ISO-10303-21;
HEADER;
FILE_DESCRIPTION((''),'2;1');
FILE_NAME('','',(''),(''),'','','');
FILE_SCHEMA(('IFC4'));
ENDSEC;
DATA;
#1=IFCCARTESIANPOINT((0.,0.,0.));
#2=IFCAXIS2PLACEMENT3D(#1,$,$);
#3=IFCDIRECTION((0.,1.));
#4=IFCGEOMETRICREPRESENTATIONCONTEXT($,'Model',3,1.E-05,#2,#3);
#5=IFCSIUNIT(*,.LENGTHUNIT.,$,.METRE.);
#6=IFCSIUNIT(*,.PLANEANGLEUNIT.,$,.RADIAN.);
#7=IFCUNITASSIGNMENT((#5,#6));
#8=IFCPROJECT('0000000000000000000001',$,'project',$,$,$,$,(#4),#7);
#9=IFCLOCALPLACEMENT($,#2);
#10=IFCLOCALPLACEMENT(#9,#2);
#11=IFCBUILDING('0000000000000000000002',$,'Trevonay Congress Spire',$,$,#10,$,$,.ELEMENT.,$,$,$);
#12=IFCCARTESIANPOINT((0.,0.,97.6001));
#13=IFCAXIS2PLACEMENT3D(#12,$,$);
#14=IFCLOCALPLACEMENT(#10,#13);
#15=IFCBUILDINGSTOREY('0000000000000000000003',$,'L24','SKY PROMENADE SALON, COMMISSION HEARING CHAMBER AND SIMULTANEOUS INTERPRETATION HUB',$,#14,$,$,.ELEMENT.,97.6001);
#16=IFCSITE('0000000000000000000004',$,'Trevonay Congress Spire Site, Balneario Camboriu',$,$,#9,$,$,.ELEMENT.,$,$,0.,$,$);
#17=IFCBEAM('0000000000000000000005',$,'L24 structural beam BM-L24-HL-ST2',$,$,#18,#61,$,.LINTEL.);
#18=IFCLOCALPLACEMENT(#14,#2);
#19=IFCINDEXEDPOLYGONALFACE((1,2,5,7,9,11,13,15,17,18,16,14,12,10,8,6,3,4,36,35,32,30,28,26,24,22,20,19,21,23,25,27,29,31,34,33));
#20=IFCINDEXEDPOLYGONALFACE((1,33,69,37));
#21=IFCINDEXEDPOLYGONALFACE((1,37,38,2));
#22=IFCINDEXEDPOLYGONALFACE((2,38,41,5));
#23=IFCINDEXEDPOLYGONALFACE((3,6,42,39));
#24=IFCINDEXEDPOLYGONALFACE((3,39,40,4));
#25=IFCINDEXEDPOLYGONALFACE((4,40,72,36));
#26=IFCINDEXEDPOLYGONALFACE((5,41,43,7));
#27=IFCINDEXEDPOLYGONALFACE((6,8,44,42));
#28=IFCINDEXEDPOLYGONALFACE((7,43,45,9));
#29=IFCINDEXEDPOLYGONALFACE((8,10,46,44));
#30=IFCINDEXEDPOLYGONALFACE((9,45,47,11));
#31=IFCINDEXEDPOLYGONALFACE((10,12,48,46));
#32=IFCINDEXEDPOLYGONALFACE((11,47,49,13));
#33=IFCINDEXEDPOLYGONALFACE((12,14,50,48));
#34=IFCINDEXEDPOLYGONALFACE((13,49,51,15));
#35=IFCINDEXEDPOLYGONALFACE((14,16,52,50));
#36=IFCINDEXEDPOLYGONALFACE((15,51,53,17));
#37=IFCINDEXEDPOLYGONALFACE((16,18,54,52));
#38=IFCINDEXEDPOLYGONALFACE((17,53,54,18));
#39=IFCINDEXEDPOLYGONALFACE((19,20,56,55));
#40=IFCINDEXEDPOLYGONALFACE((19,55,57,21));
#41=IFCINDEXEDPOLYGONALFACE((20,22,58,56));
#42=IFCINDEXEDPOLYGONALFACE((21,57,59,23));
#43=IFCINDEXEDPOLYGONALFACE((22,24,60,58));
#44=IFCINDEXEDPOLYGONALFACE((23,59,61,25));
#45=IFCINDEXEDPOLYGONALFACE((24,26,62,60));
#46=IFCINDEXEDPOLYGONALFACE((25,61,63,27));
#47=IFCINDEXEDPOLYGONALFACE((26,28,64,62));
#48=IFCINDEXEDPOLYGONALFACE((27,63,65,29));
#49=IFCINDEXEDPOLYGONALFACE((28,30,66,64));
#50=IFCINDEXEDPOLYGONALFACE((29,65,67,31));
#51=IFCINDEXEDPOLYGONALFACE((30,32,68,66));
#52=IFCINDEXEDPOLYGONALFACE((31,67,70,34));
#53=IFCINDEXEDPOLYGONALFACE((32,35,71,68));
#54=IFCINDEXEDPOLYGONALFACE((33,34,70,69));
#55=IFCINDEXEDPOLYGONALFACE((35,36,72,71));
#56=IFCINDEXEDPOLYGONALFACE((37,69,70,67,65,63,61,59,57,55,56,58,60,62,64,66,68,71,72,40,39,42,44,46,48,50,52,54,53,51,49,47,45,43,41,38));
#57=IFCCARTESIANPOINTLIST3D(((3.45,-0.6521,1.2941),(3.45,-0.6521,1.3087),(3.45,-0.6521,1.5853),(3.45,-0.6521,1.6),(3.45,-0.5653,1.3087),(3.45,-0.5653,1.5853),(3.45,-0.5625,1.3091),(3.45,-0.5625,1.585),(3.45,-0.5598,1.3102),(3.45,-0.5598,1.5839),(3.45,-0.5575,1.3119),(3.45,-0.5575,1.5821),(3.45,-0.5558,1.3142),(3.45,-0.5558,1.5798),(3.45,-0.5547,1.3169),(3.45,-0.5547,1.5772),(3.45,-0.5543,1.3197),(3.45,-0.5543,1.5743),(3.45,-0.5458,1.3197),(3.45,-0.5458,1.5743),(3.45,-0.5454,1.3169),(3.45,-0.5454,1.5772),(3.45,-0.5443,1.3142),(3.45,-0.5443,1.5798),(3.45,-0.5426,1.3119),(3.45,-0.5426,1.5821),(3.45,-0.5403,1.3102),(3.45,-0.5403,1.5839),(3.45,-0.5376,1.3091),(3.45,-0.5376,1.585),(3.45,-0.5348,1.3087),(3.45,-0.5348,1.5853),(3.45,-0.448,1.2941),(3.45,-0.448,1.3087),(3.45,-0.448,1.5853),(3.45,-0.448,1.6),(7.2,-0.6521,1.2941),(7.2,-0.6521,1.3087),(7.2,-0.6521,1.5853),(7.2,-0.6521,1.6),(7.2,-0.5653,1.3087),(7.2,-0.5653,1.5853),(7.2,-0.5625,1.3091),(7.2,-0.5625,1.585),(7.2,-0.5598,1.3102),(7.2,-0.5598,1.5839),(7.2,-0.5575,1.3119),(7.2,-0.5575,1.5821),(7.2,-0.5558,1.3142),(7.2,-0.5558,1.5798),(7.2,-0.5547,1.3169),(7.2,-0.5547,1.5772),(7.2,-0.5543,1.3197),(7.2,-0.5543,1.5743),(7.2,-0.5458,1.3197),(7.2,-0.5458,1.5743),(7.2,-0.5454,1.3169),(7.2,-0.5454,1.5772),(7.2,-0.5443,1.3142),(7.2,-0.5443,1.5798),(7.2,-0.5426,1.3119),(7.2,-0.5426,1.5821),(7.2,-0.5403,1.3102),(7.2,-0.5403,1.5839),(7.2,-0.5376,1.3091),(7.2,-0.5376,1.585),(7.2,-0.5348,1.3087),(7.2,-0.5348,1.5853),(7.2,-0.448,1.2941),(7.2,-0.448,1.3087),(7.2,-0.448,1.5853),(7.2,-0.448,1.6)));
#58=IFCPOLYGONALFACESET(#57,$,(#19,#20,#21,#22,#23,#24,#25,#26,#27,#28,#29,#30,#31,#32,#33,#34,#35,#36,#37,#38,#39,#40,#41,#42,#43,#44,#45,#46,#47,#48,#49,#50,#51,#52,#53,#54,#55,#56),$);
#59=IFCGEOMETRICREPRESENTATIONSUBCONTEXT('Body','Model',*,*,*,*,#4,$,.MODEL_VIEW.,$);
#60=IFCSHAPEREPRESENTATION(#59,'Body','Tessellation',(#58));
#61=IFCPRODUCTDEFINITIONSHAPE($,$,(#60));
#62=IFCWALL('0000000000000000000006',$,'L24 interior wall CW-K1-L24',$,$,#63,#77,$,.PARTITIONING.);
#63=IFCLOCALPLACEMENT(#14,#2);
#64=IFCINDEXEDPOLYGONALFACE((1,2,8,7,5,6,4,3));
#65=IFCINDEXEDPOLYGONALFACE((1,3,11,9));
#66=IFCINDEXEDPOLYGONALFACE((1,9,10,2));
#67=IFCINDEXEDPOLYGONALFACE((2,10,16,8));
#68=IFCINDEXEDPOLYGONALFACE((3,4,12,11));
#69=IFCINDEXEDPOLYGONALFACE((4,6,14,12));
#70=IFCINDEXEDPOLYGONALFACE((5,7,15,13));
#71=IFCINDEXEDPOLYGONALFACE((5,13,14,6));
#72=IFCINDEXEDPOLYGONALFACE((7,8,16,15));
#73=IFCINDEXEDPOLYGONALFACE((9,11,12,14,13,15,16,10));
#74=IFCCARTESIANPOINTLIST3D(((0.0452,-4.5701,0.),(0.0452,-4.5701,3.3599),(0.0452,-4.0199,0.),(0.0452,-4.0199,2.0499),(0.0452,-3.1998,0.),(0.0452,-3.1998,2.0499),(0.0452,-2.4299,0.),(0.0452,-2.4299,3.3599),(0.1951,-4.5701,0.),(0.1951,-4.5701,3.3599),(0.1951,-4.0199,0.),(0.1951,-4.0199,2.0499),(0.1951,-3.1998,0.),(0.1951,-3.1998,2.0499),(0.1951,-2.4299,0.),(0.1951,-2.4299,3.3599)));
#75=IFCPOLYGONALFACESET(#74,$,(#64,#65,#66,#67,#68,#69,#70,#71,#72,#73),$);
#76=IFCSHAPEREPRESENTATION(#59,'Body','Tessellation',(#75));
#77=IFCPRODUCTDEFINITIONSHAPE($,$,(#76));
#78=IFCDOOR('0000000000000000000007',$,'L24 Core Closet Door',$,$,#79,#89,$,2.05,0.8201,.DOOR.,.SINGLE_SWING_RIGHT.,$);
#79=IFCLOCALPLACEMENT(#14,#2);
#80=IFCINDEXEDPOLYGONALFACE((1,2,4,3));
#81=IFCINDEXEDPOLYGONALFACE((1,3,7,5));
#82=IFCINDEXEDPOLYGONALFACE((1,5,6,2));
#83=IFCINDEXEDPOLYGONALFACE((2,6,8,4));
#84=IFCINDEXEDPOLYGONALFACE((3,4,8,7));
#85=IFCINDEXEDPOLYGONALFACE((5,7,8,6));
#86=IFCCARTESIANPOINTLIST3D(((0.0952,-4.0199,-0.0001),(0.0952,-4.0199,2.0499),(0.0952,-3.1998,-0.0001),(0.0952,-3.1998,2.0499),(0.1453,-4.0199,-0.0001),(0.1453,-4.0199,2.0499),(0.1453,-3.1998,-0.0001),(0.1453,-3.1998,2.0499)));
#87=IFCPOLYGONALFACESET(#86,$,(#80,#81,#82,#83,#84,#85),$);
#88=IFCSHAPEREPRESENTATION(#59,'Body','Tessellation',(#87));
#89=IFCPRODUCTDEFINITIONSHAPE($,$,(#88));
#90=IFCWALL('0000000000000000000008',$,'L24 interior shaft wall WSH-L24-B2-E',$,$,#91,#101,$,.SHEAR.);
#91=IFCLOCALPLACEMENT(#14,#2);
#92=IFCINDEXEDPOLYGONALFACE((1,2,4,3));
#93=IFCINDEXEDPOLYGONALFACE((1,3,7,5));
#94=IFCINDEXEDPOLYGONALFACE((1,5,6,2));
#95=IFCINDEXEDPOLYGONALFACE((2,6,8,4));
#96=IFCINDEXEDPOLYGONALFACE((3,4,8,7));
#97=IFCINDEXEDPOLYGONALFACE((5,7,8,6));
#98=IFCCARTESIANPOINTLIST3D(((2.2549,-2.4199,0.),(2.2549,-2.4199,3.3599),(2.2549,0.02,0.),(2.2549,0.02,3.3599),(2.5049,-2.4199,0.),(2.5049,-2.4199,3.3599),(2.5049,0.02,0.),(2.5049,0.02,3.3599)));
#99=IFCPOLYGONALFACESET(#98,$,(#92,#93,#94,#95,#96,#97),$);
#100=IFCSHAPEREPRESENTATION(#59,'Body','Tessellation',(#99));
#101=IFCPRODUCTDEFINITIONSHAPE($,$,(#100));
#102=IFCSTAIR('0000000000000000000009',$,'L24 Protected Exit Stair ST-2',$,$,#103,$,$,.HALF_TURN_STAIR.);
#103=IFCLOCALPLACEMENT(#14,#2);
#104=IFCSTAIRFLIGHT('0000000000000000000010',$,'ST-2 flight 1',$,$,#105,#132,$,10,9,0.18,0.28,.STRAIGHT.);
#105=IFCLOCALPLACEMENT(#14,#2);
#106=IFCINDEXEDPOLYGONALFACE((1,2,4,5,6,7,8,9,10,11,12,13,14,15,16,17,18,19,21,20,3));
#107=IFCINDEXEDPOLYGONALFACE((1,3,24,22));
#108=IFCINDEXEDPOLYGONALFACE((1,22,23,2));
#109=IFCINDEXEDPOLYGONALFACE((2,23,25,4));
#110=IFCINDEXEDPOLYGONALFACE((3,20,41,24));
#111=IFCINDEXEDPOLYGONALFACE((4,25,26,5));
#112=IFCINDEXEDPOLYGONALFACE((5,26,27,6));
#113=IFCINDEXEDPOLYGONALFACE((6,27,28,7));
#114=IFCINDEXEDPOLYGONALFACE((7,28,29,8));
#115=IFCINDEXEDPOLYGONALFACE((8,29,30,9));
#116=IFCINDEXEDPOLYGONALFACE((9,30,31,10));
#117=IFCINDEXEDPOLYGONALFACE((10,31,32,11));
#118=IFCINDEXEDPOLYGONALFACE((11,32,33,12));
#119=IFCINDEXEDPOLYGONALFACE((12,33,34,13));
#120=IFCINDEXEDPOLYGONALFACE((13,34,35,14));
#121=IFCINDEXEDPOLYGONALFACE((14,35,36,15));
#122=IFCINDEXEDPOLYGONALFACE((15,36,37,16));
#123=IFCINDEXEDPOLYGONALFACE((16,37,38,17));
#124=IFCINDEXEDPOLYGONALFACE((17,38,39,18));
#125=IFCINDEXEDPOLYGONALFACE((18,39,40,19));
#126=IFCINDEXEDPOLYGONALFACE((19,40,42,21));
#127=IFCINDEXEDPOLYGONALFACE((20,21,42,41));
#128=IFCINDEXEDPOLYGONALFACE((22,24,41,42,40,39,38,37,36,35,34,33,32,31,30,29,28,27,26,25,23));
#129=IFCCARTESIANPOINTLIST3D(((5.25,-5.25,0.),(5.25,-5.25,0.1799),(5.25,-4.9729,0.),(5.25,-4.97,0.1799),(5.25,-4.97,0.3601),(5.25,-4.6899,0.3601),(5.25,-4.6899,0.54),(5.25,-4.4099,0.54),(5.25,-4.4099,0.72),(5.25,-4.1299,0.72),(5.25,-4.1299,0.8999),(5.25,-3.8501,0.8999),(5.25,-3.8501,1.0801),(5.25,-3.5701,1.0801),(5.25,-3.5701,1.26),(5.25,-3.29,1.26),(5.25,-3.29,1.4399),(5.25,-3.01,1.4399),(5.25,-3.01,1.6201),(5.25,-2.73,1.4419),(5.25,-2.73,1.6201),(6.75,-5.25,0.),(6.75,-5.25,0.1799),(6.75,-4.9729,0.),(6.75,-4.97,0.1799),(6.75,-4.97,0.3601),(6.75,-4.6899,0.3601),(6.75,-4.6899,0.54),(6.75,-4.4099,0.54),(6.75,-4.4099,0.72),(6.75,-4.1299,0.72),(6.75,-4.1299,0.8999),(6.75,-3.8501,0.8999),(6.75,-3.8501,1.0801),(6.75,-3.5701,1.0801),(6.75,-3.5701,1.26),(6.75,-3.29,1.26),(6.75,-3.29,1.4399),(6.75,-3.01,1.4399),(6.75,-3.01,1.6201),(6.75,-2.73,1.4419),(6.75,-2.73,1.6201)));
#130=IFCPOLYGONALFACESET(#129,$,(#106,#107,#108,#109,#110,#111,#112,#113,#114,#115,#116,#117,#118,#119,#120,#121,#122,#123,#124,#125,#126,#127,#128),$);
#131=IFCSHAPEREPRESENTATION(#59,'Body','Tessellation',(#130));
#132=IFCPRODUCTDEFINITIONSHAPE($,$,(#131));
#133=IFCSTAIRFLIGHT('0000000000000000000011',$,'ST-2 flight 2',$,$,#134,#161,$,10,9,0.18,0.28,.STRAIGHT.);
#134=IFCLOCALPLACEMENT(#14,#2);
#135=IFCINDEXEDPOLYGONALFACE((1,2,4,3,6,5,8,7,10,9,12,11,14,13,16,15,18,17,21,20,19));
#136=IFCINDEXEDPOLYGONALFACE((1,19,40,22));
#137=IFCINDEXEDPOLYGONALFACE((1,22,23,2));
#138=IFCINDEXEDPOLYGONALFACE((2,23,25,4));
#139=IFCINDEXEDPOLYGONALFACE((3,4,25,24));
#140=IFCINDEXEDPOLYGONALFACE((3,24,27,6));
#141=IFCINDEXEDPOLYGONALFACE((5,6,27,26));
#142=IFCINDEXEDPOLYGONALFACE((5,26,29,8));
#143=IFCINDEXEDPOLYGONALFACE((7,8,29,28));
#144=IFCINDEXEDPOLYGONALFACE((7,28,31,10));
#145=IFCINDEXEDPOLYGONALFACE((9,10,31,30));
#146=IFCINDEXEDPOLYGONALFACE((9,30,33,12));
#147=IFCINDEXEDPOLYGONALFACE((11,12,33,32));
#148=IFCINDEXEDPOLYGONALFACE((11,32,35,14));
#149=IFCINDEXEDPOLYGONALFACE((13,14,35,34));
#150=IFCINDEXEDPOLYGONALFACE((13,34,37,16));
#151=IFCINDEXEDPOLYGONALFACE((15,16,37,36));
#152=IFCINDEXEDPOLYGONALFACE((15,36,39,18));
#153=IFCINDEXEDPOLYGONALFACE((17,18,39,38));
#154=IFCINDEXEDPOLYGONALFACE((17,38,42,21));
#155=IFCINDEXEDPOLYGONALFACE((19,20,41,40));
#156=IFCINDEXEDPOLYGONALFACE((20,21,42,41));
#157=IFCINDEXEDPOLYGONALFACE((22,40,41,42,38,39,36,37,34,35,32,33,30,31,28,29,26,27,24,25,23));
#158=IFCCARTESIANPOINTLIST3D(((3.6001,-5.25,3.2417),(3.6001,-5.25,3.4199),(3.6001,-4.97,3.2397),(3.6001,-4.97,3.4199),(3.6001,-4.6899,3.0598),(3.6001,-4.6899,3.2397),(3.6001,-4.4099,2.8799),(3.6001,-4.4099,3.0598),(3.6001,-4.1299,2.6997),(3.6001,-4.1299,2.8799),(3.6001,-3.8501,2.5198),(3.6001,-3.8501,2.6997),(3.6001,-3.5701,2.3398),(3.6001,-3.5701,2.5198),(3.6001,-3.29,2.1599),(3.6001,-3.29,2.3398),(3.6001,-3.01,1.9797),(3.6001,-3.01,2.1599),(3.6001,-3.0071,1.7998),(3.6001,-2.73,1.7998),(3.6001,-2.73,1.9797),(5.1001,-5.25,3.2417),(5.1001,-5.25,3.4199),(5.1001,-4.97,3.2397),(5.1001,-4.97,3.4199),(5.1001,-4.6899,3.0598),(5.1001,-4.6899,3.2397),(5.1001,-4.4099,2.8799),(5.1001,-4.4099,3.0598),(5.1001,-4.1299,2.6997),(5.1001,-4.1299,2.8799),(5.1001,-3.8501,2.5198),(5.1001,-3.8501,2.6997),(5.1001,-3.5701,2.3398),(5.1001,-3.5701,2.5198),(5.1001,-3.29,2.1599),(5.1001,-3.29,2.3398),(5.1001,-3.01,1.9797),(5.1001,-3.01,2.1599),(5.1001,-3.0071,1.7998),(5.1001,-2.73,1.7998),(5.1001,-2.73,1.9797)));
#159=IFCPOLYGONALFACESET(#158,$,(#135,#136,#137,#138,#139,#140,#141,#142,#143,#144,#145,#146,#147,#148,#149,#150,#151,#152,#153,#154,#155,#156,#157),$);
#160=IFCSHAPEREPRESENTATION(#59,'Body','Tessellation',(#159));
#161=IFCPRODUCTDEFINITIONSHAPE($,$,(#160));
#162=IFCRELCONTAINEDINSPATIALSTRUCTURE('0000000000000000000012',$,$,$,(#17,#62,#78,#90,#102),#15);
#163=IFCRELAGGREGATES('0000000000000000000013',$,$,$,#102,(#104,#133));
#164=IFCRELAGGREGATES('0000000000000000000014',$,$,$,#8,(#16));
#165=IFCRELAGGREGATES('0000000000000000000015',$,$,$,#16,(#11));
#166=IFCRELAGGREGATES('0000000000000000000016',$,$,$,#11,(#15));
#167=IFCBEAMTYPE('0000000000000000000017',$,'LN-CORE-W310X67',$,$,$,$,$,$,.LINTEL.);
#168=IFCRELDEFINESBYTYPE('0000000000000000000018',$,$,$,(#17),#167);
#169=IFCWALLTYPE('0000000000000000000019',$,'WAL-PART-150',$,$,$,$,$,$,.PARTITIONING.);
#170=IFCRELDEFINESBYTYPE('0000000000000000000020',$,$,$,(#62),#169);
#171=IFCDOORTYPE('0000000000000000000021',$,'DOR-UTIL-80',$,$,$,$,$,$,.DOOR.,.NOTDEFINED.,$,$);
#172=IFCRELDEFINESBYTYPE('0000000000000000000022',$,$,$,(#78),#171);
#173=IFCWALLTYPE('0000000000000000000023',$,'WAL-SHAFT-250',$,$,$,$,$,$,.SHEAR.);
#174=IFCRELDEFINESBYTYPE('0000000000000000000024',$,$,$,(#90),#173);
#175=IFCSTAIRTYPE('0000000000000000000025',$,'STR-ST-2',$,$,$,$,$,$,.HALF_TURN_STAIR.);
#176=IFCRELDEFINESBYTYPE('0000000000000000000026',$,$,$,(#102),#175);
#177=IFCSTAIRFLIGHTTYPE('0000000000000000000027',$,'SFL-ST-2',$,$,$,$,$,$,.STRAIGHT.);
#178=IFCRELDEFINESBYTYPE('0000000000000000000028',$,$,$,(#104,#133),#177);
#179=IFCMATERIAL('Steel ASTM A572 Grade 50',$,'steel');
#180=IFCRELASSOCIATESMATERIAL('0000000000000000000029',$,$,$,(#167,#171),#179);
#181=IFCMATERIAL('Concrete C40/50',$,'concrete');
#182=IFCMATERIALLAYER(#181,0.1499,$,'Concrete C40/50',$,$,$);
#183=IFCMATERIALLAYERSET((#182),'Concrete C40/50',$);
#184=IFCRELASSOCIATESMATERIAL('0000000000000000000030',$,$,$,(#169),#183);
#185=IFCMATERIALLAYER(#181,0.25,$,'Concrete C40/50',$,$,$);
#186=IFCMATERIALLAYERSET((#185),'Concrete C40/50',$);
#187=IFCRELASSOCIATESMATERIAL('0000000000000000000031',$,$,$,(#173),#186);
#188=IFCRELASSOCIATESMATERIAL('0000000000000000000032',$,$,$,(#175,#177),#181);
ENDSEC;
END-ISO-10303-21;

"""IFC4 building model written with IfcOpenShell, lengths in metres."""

from ifc_helpers import new_model, si_unit, direction, frame, frame_2d, origin, origin_2d, place, context, subcontext, project, spatial, polyline, rectangle, i_section, outline, extrude, material, layer, layer_set, material_profile, profile_set, type_object, element, fill, aggregate, save


model = new_model("IFC4")

# Units and contexts
model_context = context("Model", 3, precision=1e-05, world=origin(), true_north=direction((0.0, 1.0)))
body_context = subcontext(model_context, "Body", "Model", "MODEL_VIEW")
ifc_project = project(units=[si_unit("LENGTHUNIT", "METRE"), si_unit("PLANEANGLEUNIT", "RADIAN")], contexts=[model_context])

# Site, building, storey
site_placement = place(None, origin())
site = spatial("IfcSite", under=ifc_project, at=site_placement, Name="Trevonay Congress Spire Site, Balneario Camboriu", CompositionType="ELEMENT", RefElevation=0.0)
building_placement = place(site_placement, origin())
building = spatial("IfcBuilding", under=site, at=building_placement, Name="Trevonay Congress Spire", CompositionType="ELEMENT")
storey_placement = place(building_placement, frame((0.0, 0.0, 97.6001)))
storey = spatial("IfcBuildingStorey", under=building, at=storey_placement, Name="L24", Description="SKY PROMENADE SALON, COMMISSION HEARING CHAMBER AND SIMULTANEOUS INTERPRETATION HUB", CompositionType="ELEMENT", Elevation=97.6001)

# Beam
ifc_material_1 = material(Name="Steel ASTM A572 Grade 50", Category="steel")
ifc_material_profile = material_profile(ifc_material_1, i_section(OverallWidth=0.2041, OverallDepth=0.3059, WebThickness=0.0085, FlangeThickness=0.0146, FilletRadius=0.011, at=origin_2d()), Name="W310x67")
ifc_profile_set = profile_set([ifc_material_profile], Name="Steel ASTM A572 Grade 50")
beam_type = type_object("IfcBeamType", Name="LN-CORE-W310X67", PredefinedType="LINTEL", material=ifc_profile_set)
beam_placement = place(storey_placement, frame((3.45, -0.55, 1.447), z_axis=(1.0, 0.0, 0.0), x_axis=(0.0, 1.0, 0.0)))
element("IfcBeam", 1, at=beam_placement, inside=storey, type_object=beam_type, Name="L24 structural beam BM-L24-HL-ST2", PredefinedType="LINTEL", context=body_context, shape_type="SweptSolid", body=[
    extrude(i_section(OverallWidth=0.2041, OverallDepth=0.3059, WebThickness=0.0085, FlangeThickness=0.0146, FilletRadius=0.011, at=origin_2d()), origin(), (0.0, 0.0, 1.0), 3.75),
])

# Wall, opening, door
ifc_material_2 = material(Name="Concrete C40/50", Category="concrete")
ifc_layer_1 = layer(ifc_material_2, 0.1499, Name="Concrete C40/50")
ifc_layer_set_1 = layer_set([ifc_layer_1], Name="Concrete C40/50")
wall_type_1 = type_object("IfcWallType", Name="WAL-PART-150", PredefinedType="PARTITIONING", material=ifc_layer_set_1)
wall_1_placement = place(storey_placement, frame((0.1201, -4.5701, 0.0), z_axis=(0.0, 0.0, 1.0), x_axis=(0.0, 1.0, 0.0)))
wall_1 = element("IfcWall", 2, at=wall_1_placement, inside=storey, type_object=wall_type_1, Name="L24 interior wall CW-K1-L24", PredefinedType="PARTITIONING", context=body_context, shape_type="SweptSolid", body=[
    extrude(rectangle(XDim=2.1401, YDim=0.1499, at=frame_2d((1.0701, 0.0))), origin(), (0.0, 0.0, 1.0), 3.3599),
])
opening_placement = place(wall_1_placement, frame((0.55, 0.0, 0.0)))
opening = element("IfcOpeningElement", 3, at=opening_placement, cuts=wall_1, PredefinedType="OPENING", context=body_context, shape_type="SweptSolid", body=[
    extrude(rectangle(XDim=0.8201, YDim=2.05, at=frame_2d((0.4102, 1.0249))), frame((0.0, 0.085, 0.0), z_axis=(0.0, -1.0, 0.0), x_axis=(1.0, 0.0, 0.0)), (0.0, 0.0, 1.0), 0.1699),
])
door_type = type_object("IfcDoorType", Name="DOR-UTIL-80", OperationType="NOTDEFINED", PredefinedType="DOOR", material=ifc_material_1)
door_placement = place(opening_placement, origin())
door = element("IfcDoor", 4, at=door_placement, inside=storey, type_object=door_type, Name="L24 Core Closet Door", OperationType="SINGLE_SWING_RIGHT", OverallHeight=2.05, OverallWidth=0.8201, PredefinedType="DOOR", context=body_context, shape_type="SweptSolid", body=[
    extrude(rectangle(XDim=0.8201, YDim=2.05, at=frame_2d((0.4102, 1.0249))), frame((0.0, 0.0249, 0.0), z_axis=(0.0, -1.0, 0.0), x_axis=(1.0, 0.0, 0.0)), (0.0, 0.0, 1.0), 0.05),
])
fill(opening, door)

# Wall
ifc_layer_2 = layer(ifc_material_2, 0.25, Name="Concrete C40/50")
ifc_layer_set_2 = layer_set([ifc_layer_2], Name="Concrete C40/50")
wall_type_2 = type_object("IfcWallType", Name="WAL-SHAFT-250", PredefinedType="SHEAR", material=ifc_layer_set_2)
wall_2_placement = place(storey_placement, frame((2.3799, -2.4199, 0.0), z_axis=(0.0, 0.0, 1.0), x_axis=(0.0, 1.0, 0.0)))
element("IfcWall", 5, at=wall_2_placement, inside=storey, type_object=wall_type_2, Name="L24 interior shaft wall WSH-L24-B2-E", PredefinedType="SHEAR", context=body_context, shape_type="SweptSolid", body=[
    extrude(rectangle(XDim=2.4399, YDim=0.25, at=frame_2d((1.22, 0.0))), origin(), (0.0, 0.0, 1.0), 3.3599),
])

# Stair, stair flights
stair_type = type_object("IfcStairType", Name="STR-ST-2", PredefinedType="HALF_TURN_STAIR", material=ifc_material_2)
stair_placement = place(storey_placement, origin())
stair = element("IfcStair", 6, at=stair_placement, inside=storey, type_object=stair_type, Name="L24 Protected Exit Stair ST-2", PredefinedType="HALF_TURN_STAIR")
stair_flight_type = type_object("IfcStairFlightType", Name="SFL-ST-2", PredefinedType="STRAIGHT", material=ifc_material_2)
stair_flight_1_placement = place(storey_placement, frame((6.0, -5.25, 0.0), z_axis=(0.0, 0.0, 1.0), x_axis=(0.0, 1.0, 0.0)))
stair_flight_1 = element("IfcStairFlight", 7, at=stair_flight_1_placement, type_object=stair_flight_type, Name="ST-2 flight 1", NumberOfRisers=10, NumberOfTreads=9, PredefinedType="STRAIGHT", RiserHeight=0.18, TreadLength=0.28, context=body_context, shape_type="SweptSolid", body=[
    extrude(outline(polyline([(0.0, 0.0), (0.0, 0.1799), (0.28, 0.1799), (0.28, 0.3601), (0.5601, 0.3601), (0.5601, 0.54), (0.8401, 0.54), (0.8401, 0.72), (1.1201, 0.72), (1.1201, 0.8999), (1.3999, 0.8999), (1.3999, 1.0801), (1.6799, 1.0801), (1.6799, 1.26), (1.96, 1.26), (1.96, 1.4399), (2.24, 1.4399), (2.24, 1.6201), (2.52, 1.6201), (2.52, 1.8), (2.52, 1.4419), (0.2771, 0.0), (0.0, 0.0)])), frame((0.0, 0.75, 0.0), z_axis=(0.0, -1.0, 0.0), x_axis=(1.0, 0.0, 0.0)), (0.0, 0.0, 1.0), 1.5),
])
stair_flight_2_placement = place(storey_placement, frame((4.3501, -2.73, 1.7998), z_axis=(0.0, 0.0, 1.0), x_axis=(0.0, -1.0, 0.0)))
stair_flight_2 = element("IfcStairFlight", 8, at=stair_flight_2_placement, type_object=stair_flight_type, Name="ST-2 flight 2", NumberOfRisers=10, NumberOfTreads=9, PredefinedType="STRAIGHT", RiserHeight=0.18, TreadLength=0.28, context=body_context, shape_type="SweptSolid", body=[
    extrude(outline(polyline([(0.0, 0.0), (0.0, 0.1799), (0.28, 0.1799), (0.28, 0.3601), (0.5601, 0.3601), (0.5601, 0.54), (0.8401, 0.54), (0.8401, 0.72), (1.1201, 0.72), (1.1201, 0.8999), (1.3999, 0.8999), (1.3999, 1.0801), (1.6799, 1.0801), (1.6799, 1.26), (1.96, 1.26), (1.96, 1.4399), (2.24, 1.4399), (2.24, 1.6201), (2.52, 1.6201), (2.52, 1.8), (2.52, 1.4419), (0.2771, 0.0), (0.0, 0.0)])), frame((0.0, 0.75, 0.0), z_axis=(0.0, -1.0, 0.0), x_axis=(1.0, 0.0, 0.0)), (0.0, 0.0, 1.0), 1.5),
])
aggregate(stair, [stair_flight_1, stair_flight_2])

save(model, "model.ifc")
